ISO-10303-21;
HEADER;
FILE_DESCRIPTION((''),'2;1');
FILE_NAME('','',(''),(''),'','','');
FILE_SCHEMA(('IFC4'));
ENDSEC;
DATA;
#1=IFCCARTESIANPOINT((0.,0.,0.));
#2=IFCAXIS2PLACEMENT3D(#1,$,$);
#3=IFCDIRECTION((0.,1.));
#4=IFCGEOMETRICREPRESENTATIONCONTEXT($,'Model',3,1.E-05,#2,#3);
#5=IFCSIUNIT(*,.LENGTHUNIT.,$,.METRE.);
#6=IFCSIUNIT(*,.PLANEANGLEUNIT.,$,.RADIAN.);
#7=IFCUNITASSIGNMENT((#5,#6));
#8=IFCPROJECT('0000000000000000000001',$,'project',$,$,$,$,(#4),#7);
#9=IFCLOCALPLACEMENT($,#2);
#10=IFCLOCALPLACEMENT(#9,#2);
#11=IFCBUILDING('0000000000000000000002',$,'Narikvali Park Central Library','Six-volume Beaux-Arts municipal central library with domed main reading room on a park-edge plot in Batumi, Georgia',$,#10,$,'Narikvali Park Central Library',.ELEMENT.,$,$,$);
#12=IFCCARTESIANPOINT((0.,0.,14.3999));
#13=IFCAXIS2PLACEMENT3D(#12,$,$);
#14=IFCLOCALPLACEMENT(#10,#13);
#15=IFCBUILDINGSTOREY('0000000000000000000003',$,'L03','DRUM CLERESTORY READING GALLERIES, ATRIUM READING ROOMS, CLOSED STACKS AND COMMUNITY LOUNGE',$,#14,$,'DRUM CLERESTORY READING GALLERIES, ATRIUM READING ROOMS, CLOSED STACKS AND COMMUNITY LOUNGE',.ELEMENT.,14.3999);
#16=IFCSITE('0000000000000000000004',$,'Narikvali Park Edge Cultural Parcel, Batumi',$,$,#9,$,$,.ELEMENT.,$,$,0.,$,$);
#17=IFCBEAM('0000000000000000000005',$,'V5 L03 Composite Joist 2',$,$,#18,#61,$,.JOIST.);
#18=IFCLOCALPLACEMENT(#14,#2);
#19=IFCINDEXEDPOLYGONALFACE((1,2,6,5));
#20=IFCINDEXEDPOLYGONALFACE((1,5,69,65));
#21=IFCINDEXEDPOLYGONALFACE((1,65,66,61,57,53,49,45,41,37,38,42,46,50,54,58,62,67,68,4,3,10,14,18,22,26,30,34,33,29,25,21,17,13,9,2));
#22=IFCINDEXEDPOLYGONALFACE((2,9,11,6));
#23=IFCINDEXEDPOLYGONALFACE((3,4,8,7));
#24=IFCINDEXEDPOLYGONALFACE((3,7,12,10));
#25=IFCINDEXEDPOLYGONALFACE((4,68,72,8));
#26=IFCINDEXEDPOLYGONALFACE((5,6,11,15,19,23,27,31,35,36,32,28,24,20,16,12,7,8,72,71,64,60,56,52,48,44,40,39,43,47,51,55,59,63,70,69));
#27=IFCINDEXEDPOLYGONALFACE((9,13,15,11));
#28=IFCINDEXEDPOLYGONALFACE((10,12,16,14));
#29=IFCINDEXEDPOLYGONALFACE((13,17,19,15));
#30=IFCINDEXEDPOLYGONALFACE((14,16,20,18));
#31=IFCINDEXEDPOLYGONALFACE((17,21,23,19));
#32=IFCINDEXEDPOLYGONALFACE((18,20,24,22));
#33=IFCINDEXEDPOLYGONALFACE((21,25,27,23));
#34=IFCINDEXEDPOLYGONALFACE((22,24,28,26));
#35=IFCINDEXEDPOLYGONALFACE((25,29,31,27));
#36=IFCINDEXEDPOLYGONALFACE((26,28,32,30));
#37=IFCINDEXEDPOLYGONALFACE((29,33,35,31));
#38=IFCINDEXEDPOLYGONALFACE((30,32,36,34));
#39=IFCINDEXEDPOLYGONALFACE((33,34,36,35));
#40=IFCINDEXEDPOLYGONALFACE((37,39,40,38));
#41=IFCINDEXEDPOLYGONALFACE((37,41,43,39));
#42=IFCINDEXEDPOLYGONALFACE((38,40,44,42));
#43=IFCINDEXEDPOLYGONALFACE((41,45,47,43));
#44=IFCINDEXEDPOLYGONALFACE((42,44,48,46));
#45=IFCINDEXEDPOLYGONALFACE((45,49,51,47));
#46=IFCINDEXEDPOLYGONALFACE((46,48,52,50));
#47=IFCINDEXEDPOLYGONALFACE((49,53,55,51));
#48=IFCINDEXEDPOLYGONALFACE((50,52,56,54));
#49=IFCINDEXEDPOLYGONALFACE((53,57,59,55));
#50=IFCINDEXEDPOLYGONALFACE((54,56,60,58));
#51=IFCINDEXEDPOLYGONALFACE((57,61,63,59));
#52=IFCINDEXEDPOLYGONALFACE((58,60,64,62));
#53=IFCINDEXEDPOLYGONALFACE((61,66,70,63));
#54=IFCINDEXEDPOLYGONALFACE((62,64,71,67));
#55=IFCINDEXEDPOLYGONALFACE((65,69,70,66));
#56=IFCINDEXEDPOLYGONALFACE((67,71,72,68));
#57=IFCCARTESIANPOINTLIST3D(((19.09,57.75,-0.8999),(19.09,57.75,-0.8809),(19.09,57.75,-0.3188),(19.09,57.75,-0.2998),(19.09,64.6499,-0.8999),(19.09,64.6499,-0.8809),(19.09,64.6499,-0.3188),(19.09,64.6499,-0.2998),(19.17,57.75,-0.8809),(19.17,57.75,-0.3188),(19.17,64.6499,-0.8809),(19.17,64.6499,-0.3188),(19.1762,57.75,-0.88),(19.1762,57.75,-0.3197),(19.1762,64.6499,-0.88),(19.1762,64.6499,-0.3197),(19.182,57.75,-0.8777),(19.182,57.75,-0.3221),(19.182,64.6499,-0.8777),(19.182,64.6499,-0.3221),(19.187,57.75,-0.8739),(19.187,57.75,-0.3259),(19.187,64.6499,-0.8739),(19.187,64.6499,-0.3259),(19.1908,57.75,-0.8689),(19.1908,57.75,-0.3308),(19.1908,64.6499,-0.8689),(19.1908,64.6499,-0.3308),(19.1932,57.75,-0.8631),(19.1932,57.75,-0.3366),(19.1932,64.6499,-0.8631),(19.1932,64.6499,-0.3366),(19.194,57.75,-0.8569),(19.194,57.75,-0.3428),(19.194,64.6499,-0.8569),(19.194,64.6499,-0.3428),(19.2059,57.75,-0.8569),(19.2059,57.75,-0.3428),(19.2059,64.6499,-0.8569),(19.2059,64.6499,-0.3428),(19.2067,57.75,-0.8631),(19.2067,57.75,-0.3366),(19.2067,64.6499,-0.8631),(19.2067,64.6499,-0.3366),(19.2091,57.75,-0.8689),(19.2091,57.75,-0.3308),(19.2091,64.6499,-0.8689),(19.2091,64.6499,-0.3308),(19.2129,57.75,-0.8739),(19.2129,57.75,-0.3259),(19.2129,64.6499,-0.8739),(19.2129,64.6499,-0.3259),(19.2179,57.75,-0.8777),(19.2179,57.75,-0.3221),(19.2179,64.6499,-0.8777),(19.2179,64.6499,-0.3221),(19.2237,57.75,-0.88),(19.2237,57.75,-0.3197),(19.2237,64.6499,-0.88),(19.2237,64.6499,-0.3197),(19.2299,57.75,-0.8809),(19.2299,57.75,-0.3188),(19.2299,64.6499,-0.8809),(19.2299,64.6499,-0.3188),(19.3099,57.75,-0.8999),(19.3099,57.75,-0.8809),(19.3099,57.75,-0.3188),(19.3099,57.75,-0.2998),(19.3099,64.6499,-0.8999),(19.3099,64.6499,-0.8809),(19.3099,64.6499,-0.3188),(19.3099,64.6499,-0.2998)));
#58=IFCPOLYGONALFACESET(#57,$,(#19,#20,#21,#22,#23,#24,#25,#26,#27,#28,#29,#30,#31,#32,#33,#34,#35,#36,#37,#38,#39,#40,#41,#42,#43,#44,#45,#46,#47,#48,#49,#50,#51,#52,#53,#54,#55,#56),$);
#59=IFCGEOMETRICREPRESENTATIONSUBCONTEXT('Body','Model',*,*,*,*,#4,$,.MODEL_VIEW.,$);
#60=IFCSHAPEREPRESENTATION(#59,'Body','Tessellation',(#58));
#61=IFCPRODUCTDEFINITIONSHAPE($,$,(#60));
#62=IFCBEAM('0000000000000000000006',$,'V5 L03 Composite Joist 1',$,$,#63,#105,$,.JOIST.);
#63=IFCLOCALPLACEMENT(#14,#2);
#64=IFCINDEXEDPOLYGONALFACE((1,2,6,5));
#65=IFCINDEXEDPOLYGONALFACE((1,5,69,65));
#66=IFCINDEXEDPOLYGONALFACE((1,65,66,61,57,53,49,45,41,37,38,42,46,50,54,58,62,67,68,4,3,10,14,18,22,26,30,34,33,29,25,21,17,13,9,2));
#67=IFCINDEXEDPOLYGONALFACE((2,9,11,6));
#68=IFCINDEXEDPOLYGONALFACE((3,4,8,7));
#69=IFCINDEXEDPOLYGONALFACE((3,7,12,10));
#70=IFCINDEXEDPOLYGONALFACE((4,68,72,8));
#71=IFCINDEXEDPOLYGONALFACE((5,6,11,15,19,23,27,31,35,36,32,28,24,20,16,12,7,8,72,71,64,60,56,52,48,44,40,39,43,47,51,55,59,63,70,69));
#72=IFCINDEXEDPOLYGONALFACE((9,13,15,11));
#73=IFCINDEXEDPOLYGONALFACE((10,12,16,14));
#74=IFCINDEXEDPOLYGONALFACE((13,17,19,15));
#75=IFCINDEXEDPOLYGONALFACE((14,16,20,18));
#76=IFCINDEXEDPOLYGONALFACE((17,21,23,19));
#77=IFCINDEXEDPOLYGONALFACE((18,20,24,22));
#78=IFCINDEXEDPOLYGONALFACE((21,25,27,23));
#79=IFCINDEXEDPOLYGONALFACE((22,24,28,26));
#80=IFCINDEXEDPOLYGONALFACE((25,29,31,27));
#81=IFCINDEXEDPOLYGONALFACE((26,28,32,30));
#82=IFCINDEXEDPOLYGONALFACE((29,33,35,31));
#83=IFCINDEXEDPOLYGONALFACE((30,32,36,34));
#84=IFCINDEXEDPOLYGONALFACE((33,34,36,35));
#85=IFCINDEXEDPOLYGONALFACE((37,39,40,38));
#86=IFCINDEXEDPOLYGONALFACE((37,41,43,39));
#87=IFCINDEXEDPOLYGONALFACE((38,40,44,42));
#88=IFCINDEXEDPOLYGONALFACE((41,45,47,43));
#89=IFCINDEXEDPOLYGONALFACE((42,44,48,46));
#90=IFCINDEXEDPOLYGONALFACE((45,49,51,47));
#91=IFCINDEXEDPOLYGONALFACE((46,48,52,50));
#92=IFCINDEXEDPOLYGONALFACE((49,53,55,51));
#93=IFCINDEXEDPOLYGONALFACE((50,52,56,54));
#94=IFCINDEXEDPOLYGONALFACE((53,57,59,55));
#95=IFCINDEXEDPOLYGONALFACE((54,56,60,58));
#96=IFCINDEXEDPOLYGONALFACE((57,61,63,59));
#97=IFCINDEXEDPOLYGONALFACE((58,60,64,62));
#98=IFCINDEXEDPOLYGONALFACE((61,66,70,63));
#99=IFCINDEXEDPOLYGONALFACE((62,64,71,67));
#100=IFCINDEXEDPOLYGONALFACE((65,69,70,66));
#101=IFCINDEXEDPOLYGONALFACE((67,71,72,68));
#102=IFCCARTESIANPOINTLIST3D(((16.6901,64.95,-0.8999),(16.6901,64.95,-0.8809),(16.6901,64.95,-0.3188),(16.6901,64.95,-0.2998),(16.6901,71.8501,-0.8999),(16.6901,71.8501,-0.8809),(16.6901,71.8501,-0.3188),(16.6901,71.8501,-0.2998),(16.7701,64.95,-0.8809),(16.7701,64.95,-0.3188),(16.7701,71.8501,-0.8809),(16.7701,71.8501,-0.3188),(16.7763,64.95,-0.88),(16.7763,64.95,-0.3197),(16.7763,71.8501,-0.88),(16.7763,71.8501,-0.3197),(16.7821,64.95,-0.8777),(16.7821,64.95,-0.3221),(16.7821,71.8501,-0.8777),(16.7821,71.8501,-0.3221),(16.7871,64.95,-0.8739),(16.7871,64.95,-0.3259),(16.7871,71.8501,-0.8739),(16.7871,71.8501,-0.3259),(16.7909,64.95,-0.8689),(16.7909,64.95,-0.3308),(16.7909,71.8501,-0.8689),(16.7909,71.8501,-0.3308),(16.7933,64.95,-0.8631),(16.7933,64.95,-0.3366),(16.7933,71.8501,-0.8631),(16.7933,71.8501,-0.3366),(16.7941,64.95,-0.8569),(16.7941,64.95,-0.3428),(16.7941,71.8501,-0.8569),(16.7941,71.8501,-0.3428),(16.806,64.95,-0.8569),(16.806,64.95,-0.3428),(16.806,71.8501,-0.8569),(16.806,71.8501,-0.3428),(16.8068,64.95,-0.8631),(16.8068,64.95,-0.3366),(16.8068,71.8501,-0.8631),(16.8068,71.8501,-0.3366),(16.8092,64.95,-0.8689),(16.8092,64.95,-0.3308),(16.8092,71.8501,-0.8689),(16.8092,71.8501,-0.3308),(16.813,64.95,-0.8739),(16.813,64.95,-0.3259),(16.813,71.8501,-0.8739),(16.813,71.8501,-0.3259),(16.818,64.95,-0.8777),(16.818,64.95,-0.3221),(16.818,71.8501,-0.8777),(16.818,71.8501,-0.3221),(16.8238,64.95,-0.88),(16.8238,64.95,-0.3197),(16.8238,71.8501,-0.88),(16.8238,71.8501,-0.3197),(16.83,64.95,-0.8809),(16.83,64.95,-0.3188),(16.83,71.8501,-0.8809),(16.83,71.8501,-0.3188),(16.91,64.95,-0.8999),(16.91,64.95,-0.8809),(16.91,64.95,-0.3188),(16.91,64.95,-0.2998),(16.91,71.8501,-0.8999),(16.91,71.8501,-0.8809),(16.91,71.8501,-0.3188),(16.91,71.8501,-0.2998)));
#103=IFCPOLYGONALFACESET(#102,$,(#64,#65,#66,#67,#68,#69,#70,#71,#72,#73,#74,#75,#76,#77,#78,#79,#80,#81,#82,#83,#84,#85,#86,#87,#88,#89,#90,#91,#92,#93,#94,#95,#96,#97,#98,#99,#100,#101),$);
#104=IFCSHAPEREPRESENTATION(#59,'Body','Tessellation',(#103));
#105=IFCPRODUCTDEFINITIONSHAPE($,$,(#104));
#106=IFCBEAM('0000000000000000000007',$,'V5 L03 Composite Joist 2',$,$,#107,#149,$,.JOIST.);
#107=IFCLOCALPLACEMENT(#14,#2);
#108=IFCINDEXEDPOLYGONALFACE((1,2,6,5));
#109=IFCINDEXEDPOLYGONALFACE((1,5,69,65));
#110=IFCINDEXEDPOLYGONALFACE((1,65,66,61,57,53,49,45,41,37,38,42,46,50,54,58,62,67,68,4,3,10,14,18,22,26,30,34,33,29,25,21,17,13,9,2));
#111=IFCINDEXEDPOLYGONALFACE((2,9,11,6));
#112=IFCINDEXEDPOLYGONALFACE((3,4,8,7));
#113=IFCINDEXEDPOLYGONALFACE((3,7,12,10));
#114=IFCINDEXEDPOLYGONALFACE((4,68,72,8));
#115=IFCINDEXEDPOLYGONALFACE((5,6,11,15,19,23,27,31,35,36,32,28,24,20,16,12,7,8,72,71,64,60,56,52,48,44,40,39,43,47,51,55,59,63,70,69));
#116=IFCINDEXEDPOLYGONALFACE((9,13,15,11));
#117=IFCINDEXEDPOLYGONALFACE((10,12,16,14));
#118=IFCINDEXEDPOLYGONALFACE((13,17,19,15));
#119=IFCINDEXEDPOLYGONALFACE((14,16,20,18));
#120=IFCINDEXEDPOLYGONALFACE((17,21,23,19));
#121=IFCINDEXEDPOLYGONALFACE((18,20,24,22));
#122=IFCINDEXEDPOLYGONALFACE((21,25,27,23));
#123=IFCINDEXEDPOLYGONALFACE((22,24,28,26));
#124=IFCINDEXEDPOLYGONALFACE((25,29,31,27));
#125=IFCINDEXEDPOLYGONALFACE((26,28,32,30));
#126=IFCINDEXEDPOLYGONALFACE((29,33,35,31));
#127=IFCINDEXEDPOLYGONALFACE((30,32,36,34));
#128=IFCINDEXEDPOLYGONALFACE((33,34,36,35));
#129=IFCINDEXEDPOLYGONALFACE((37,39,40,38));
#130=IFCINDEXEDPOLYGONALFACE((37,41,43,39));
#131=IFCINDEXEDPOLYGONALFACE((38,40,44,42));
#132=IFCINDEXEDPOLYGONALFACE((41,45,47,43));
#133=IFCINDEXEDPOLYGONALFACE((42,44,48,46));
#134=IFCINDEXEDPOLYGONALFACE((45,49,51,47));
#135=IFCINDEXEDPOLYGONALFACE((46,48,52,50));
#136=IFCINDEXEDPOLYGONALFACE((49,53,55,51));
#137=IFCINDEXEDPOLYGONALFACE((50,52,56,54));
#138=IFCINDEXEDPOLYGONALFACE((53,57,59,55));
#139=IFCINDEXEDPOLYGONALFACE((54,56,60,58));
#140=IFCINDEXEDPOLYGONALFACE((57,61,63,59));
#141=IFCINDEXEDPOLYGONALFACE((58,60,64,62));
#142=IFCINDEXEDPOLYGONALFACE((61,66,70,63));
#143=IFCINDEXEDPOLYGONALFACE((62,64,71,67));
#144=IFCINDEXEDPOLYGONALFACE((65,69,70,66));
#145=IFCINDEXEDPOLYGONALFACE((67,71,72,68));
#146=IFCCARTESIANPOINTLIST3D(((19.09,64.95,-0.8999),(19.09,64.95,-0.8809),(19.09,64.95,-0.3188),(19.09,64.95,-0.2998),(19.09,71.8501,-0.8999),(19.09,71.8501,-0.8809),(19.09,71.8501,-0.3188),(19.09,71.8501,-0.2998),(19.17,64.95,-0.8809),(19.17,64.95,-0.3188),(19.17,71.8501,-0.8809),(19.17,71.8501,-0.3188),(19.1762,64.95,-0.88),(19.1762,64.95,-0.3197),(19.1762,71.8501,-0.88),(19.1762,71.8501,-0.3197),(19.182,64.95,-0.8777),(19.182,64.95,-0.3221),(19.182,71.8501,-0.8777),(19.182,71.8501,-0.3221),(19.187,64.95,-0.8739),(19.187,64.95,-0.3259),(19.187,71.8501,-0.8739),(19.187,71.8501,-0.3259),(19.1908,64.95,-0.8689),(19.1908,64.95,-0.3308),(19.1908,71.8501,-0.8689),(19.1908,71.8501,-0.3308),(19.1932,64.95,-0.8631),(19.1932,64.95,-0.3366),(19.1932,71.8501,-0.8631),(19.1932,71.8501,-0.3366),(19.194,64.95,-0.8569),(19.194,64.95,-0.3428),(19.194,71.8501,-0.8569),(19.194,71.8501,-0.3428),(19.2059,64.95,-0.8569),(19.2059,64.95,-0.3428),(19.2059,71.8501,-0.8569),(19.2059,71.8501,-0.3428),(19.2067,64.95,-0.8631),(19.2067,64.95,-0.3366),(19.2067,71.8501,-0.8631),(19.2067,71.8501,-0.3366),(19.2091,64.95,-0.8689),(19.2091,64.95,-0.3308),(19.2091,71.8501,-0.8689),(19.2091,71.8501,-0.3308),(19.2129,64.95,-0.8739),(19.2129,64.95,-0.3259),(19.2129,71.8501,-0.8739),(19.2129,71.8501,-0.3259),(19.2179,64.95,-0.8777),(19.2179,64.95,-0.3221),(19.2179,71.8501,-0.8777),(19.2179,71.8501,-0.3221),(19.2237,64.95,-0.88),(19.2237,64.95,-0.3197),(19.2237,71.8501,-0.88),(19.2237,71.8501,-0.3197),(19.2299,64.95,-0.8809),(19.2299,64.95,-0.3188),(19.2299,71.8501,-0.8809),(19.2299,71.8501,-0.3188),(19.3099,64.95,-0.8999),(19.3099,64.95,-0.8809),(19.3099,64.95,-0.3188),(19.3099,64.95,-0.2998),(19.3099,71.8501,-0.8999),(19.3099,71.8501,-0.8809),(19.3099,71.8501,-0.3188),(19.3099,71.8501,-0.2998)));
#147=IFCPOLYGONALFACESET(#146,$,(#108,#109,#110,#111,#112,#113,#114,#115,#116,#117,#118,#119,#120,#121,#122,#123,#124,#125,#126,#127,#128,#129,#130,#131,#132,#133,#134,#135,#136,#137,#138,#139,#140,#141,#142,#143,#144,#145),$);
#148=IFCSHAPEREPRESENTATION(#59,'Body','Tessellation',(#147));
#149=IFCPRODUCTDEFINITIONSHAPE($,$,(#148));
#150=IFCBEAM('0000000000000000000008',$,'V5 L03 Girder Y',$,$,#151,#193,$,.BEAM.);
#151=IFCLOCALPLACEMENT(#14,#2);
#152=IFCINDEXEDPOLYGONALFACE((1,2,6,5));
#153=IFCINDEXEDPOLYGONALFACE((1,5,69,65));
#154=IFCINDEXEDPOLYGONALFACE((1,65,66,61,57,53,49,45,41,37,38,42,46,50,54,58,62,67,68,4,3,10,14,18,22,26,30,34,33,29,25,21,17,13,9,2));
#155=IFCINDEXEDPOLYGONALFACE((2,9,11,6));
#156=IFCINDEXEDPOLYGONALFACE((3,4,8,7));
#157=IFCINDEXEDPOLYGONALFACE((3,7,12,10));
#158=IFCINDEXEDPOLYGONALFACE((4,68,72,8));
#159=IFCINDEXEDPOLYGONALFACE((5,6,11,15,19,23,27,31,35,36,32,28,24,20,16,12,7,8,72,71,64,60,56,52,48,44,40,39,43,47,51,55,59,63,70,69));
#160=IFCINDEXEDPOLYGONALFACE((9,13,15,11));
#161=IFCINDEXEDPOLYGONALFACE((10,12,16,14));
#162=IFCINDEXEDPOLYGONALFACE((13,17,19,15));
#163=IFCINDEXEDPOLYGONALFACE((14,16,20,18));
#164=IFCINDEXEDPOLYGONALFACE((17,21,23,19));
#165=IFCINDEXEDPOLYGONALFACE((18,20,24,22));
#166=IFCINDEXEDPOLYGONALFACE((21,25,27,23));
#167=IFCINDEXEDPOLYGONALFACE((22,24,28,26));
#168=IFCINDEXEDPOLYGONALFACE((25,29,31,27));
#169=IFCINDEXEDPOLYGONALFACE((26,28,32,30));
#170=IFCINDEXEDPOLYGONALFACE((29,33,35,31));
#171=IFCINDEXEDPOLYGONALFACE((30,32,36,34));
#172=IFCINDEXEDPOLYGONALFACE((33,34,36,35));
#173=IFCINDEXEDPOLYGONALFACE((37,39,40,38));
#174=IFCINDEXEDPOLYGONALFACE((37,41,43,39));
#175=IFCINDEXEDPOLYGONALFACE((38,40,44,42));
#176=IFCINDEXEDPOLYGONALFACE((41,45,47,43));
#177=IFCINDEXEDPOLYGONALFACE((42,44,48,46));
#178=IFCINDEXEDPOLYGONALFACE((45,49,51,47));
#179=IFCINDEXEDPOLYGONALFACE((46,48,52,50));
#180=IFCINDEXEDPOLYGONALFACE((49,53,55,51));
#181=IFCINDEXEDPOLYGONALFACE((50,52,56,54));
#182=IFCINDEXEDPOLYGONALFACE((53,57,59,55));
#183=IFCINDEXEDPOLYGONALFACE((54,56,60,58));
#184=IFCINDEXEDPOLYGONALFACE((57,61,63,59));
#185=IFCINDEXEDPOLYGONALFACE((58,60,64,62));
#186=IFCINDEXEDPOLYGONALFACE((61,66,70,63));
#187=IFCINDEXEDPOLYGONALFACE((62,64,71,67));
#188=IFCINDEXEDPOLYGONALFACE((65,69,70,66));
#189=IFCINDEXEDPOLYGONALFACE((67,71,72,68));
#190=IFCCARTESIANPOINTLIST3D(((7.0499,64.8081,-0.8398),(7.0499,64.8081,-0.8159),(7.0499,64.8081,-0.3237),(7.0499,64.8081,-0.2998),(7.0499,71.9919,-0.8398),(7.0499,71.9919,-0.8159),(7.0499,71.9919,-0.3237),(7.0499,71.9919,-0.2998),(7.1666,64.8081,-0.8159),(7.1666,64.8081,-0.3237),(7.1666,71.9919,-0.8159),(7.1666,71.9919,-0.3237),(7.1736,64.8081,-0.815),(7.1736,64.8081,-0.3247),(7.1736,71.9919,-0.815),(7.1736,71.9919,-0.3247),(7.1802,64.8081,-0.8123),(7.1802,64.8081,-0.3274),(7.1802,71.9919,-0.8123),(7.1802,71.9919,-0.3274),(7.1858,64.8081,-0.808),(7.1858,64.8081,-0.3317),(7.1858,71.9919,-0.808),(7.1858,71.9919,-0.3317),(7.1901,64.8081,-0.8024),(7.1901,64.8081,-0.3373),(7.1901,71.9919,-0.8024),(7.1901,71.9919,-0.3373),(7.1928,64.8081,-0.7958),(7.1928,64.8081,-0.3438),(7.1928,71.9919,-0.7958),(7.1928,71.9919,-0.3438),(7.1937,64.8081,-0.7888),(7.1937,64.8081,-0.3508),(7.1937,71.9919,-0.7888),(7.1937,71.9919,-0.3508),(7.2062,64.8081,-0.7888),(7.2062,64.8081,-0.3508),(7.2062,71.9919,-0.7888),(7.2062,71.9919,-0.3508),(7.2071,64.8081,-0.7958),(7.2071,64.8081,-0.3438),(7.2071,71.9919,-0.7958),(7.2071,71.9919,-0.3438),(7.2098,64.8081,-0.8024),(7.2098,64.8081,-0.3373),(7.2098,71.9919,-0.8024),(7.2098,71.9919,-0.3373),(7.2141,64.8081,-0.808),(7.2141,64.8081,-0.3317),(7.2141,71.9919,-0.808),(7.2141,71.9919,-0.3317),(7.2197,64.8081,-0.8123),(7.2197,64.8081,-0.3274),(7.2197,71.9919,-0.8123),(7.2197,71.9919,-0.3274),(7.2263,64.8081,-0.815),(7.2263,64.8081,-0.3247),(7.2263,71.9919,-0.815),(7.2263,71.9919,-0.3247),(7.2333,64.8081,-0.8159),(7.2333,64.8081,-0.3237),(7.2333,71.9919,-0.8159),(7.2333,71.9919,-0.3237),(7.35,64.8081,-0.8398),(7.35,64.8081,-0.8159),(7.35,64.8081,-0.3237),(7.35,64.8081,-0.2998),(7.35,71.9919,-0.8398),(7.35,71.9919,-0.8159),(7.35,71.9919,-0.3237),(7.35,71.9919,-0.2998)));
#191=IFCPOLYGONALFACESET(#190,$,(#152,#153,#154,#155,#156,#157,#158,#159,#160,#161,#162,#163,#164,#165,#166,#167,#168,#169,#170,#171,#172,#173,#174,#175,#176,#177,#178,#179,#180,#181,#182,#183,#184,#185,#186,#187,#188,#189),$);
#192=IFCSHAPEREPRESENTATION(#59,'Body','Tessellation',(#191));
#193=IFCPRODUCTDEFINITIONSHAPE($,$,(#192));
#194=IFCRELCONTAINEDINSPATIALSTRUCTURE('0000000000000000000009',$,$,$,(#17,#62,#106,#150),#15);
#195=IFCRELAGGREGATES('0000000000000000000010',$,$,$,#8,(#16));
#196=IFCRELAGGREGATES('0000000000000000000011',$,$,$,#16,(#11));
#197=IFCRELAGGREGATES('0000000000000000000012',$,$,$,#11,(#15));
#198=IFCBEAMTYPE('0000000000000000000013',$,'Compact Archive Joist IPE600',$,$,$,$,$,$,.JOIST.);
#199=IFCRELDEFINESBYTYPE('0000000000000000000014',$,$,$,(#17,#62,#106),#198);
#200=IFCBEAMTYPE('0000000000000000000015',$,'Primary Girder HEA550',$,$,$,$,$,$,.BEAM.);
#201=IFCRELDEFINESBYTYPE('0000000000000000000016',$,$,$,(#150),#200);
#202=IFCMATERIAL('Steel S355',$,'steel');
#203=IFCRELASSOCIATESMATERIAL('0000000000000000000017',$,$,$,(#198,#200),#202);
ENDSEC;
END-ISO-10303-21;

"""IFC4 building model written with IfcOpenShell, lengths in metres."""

from ifc_helpers import new_model, si_unit, direction, frame, origin, origin_2d, place, context, subcontext, project, spatial, i_section, extrude, material, material_profile, profile_set, type_object, element, save


model = new_model("IFC4")

# Units and contexts
model_context = context("Model", 3, precision=1e-05, world=origin(), true_north=direction((0.0, 1.0)))
body_context = subcontext(model_context, "Body", "Model", "MODEL_VIEW")
ifc_project = project(units=[si_unit("LENGTHUNIT", "METRE"), si_unit("PLANEANGLEUNIT", "RADIAN")], contexts=[model_context])

# Site, building, storey
site_placement = place(None, origin())
site = spatial("IfcSite", under=ifc_project, at=site_placement, Name="Narikvali Park Edge Cultural Parcel, Batumi", CompositionType="ELEMENT", RefElevation=0.0)
building_placement = place(site_placement, origin())
building = spatial("IfcBuilding", under=site, at=building_placement, Name="Narikvali Park Central Library", Description="Six-volume Beaux-Arts municipal central library with domed main reading room on a park-edge plot in Batumi, Georgia", LongName="Narikvali Park Central Library", CompositionType="ELEMENT")
storey_placement = place(building_placement, frame((0.0, 0.0, 14.3999)))
storey = spatial("IfcBuildingStorey", under=building, at=storey_placement, Name="L03", Description="DRUM CLERESTORY READING GALLERIES, ATRIUM READING ROOMS, CLOSED STACKS AND COMMUNITY LOUNGE", LongName="DRUM CLERESTORY READING GALLERIES, ATRIUM READING ROOMS, CLOSED STACKS AND COMMUNITY LOUNGE", CompositionType="ELEMENT", Elevation=14.3999)

# Shared definitions
ifc_material_1 = material(Name="Steel S355", Category="steel")

# Beams
ifc_material_profile_1 = material_profile(ifc_material_1, i_section(OverallWidth=0.22, OverallDepth=0.6001, WebThickness=0.012, FlangeThickness=0.019, FilletRadius=0.0239, at=origin_2d()), Name="IPE 600")
ifc_profile_set_1 = profile_set([ifc_material_profile_1], Name="Steel S355")
beam_type_1 = type_object("IfcBeamType", Name="Compact Archive Joist IPE600", PredefinedType="JOIST", material=ifc_profile_set_1)
for number, where, z_axis, x_axis, name in (
    (1, (19.2, 57.75, -0.5999), (0.0, 1.0, 0.0), (-1.0, 0.0, 0.0), "V5 L03 Composite Joist 2"),
):
    element("IfcBeam", number, at=place(storey_placement, frame(where, z_axis=z_axis, x_axis=x_axis)), inside=storey, type_object=beam_type_1, Name=name, PredefinedType="JOIST", context=body_context, shape_type="SweptSolid", body=[
        extrude(i_section(OverallWidth=0.22, OverallDepth=0.6001, WebThickness=0.012, FlangeThickness=0.019, FilletRadius=0.0239, at=origin_2d()), origin(), (0.0, 0.0, 1.0), 6.8999),
    ])
for number, where, z_axis, x_axis, name in (
    (2, (16.8, 64.95, -0.5999), (0.0, 1.0, 0.0), (-1.0, 0.0, 0.0), "V5 L03 Composite Joist 1"),
    (3, (19.2, 64.95, -0.5999), (0.0, 1.0, 0.0), (-1.0, 0.0, 0.0), "V5 L03 Composite Joist 2"),
):
    element("IfcBeam", number, at=place(storey_placement, frame(where, z_axis=z_axis, x_axis=x_axis)), inside=storey, type_object=beam_type_1, Name=name, PredefinedType="JOIST", context=body_context, shape_type="SweptSolid", body=[
        extrude(i_section(OverallWidth=0.22, OverallDepth=0.6001, WebThickness=0.012, FlangeThickness=0.019, FilletRadius=0.0239, at=origin_2d()), origin(), (0.0, 0.0, 1.0), 6.9001),
    ])
ifc_material_profile_2 = material_profile(ifc_material_1, i_section(OverallWidth=0.3, OverallDepth=0.54, WebThickness=0.0125, FlangeThickness=0.0239, FilletRadius=0.0271, at=origin_2d()), Name="HEA 550")
ifc_profile_set_2 = profile_set([ifc_material_profile_2], Name="Steel S355")
beam_type_2 = type_object("IfcBeamType", Name="Primary Girder HEA550", PredefinedType="BEAM", material=ifc_profile_set_2)
beam_1_placement = place(storey_placement, frame((7.2, 64.8081, -0.5698), z_axis=(0.0, 1.0, 0.0), x_axis=(-1.0, 0.0, 0.0)))
element("IfcBeam", 4, at=beam_1_placement, inside=storey, type_object=beam_type_2, Name="V5 L03 Girder Y", PredefinedType="BEAM", context=body_context, shape_type="SweptSolid", body=[
    extrude(i_section(OverallWidth=0.3, OverallDepth=0.54, WebThickness=0.0125, FlangeThickness=0.0239, FilletRadius=0.0271, at=origin_2d()), origin(), (0.0, 0.0, 1.0), 7.1838),
])

save(model, "model.ifc")
